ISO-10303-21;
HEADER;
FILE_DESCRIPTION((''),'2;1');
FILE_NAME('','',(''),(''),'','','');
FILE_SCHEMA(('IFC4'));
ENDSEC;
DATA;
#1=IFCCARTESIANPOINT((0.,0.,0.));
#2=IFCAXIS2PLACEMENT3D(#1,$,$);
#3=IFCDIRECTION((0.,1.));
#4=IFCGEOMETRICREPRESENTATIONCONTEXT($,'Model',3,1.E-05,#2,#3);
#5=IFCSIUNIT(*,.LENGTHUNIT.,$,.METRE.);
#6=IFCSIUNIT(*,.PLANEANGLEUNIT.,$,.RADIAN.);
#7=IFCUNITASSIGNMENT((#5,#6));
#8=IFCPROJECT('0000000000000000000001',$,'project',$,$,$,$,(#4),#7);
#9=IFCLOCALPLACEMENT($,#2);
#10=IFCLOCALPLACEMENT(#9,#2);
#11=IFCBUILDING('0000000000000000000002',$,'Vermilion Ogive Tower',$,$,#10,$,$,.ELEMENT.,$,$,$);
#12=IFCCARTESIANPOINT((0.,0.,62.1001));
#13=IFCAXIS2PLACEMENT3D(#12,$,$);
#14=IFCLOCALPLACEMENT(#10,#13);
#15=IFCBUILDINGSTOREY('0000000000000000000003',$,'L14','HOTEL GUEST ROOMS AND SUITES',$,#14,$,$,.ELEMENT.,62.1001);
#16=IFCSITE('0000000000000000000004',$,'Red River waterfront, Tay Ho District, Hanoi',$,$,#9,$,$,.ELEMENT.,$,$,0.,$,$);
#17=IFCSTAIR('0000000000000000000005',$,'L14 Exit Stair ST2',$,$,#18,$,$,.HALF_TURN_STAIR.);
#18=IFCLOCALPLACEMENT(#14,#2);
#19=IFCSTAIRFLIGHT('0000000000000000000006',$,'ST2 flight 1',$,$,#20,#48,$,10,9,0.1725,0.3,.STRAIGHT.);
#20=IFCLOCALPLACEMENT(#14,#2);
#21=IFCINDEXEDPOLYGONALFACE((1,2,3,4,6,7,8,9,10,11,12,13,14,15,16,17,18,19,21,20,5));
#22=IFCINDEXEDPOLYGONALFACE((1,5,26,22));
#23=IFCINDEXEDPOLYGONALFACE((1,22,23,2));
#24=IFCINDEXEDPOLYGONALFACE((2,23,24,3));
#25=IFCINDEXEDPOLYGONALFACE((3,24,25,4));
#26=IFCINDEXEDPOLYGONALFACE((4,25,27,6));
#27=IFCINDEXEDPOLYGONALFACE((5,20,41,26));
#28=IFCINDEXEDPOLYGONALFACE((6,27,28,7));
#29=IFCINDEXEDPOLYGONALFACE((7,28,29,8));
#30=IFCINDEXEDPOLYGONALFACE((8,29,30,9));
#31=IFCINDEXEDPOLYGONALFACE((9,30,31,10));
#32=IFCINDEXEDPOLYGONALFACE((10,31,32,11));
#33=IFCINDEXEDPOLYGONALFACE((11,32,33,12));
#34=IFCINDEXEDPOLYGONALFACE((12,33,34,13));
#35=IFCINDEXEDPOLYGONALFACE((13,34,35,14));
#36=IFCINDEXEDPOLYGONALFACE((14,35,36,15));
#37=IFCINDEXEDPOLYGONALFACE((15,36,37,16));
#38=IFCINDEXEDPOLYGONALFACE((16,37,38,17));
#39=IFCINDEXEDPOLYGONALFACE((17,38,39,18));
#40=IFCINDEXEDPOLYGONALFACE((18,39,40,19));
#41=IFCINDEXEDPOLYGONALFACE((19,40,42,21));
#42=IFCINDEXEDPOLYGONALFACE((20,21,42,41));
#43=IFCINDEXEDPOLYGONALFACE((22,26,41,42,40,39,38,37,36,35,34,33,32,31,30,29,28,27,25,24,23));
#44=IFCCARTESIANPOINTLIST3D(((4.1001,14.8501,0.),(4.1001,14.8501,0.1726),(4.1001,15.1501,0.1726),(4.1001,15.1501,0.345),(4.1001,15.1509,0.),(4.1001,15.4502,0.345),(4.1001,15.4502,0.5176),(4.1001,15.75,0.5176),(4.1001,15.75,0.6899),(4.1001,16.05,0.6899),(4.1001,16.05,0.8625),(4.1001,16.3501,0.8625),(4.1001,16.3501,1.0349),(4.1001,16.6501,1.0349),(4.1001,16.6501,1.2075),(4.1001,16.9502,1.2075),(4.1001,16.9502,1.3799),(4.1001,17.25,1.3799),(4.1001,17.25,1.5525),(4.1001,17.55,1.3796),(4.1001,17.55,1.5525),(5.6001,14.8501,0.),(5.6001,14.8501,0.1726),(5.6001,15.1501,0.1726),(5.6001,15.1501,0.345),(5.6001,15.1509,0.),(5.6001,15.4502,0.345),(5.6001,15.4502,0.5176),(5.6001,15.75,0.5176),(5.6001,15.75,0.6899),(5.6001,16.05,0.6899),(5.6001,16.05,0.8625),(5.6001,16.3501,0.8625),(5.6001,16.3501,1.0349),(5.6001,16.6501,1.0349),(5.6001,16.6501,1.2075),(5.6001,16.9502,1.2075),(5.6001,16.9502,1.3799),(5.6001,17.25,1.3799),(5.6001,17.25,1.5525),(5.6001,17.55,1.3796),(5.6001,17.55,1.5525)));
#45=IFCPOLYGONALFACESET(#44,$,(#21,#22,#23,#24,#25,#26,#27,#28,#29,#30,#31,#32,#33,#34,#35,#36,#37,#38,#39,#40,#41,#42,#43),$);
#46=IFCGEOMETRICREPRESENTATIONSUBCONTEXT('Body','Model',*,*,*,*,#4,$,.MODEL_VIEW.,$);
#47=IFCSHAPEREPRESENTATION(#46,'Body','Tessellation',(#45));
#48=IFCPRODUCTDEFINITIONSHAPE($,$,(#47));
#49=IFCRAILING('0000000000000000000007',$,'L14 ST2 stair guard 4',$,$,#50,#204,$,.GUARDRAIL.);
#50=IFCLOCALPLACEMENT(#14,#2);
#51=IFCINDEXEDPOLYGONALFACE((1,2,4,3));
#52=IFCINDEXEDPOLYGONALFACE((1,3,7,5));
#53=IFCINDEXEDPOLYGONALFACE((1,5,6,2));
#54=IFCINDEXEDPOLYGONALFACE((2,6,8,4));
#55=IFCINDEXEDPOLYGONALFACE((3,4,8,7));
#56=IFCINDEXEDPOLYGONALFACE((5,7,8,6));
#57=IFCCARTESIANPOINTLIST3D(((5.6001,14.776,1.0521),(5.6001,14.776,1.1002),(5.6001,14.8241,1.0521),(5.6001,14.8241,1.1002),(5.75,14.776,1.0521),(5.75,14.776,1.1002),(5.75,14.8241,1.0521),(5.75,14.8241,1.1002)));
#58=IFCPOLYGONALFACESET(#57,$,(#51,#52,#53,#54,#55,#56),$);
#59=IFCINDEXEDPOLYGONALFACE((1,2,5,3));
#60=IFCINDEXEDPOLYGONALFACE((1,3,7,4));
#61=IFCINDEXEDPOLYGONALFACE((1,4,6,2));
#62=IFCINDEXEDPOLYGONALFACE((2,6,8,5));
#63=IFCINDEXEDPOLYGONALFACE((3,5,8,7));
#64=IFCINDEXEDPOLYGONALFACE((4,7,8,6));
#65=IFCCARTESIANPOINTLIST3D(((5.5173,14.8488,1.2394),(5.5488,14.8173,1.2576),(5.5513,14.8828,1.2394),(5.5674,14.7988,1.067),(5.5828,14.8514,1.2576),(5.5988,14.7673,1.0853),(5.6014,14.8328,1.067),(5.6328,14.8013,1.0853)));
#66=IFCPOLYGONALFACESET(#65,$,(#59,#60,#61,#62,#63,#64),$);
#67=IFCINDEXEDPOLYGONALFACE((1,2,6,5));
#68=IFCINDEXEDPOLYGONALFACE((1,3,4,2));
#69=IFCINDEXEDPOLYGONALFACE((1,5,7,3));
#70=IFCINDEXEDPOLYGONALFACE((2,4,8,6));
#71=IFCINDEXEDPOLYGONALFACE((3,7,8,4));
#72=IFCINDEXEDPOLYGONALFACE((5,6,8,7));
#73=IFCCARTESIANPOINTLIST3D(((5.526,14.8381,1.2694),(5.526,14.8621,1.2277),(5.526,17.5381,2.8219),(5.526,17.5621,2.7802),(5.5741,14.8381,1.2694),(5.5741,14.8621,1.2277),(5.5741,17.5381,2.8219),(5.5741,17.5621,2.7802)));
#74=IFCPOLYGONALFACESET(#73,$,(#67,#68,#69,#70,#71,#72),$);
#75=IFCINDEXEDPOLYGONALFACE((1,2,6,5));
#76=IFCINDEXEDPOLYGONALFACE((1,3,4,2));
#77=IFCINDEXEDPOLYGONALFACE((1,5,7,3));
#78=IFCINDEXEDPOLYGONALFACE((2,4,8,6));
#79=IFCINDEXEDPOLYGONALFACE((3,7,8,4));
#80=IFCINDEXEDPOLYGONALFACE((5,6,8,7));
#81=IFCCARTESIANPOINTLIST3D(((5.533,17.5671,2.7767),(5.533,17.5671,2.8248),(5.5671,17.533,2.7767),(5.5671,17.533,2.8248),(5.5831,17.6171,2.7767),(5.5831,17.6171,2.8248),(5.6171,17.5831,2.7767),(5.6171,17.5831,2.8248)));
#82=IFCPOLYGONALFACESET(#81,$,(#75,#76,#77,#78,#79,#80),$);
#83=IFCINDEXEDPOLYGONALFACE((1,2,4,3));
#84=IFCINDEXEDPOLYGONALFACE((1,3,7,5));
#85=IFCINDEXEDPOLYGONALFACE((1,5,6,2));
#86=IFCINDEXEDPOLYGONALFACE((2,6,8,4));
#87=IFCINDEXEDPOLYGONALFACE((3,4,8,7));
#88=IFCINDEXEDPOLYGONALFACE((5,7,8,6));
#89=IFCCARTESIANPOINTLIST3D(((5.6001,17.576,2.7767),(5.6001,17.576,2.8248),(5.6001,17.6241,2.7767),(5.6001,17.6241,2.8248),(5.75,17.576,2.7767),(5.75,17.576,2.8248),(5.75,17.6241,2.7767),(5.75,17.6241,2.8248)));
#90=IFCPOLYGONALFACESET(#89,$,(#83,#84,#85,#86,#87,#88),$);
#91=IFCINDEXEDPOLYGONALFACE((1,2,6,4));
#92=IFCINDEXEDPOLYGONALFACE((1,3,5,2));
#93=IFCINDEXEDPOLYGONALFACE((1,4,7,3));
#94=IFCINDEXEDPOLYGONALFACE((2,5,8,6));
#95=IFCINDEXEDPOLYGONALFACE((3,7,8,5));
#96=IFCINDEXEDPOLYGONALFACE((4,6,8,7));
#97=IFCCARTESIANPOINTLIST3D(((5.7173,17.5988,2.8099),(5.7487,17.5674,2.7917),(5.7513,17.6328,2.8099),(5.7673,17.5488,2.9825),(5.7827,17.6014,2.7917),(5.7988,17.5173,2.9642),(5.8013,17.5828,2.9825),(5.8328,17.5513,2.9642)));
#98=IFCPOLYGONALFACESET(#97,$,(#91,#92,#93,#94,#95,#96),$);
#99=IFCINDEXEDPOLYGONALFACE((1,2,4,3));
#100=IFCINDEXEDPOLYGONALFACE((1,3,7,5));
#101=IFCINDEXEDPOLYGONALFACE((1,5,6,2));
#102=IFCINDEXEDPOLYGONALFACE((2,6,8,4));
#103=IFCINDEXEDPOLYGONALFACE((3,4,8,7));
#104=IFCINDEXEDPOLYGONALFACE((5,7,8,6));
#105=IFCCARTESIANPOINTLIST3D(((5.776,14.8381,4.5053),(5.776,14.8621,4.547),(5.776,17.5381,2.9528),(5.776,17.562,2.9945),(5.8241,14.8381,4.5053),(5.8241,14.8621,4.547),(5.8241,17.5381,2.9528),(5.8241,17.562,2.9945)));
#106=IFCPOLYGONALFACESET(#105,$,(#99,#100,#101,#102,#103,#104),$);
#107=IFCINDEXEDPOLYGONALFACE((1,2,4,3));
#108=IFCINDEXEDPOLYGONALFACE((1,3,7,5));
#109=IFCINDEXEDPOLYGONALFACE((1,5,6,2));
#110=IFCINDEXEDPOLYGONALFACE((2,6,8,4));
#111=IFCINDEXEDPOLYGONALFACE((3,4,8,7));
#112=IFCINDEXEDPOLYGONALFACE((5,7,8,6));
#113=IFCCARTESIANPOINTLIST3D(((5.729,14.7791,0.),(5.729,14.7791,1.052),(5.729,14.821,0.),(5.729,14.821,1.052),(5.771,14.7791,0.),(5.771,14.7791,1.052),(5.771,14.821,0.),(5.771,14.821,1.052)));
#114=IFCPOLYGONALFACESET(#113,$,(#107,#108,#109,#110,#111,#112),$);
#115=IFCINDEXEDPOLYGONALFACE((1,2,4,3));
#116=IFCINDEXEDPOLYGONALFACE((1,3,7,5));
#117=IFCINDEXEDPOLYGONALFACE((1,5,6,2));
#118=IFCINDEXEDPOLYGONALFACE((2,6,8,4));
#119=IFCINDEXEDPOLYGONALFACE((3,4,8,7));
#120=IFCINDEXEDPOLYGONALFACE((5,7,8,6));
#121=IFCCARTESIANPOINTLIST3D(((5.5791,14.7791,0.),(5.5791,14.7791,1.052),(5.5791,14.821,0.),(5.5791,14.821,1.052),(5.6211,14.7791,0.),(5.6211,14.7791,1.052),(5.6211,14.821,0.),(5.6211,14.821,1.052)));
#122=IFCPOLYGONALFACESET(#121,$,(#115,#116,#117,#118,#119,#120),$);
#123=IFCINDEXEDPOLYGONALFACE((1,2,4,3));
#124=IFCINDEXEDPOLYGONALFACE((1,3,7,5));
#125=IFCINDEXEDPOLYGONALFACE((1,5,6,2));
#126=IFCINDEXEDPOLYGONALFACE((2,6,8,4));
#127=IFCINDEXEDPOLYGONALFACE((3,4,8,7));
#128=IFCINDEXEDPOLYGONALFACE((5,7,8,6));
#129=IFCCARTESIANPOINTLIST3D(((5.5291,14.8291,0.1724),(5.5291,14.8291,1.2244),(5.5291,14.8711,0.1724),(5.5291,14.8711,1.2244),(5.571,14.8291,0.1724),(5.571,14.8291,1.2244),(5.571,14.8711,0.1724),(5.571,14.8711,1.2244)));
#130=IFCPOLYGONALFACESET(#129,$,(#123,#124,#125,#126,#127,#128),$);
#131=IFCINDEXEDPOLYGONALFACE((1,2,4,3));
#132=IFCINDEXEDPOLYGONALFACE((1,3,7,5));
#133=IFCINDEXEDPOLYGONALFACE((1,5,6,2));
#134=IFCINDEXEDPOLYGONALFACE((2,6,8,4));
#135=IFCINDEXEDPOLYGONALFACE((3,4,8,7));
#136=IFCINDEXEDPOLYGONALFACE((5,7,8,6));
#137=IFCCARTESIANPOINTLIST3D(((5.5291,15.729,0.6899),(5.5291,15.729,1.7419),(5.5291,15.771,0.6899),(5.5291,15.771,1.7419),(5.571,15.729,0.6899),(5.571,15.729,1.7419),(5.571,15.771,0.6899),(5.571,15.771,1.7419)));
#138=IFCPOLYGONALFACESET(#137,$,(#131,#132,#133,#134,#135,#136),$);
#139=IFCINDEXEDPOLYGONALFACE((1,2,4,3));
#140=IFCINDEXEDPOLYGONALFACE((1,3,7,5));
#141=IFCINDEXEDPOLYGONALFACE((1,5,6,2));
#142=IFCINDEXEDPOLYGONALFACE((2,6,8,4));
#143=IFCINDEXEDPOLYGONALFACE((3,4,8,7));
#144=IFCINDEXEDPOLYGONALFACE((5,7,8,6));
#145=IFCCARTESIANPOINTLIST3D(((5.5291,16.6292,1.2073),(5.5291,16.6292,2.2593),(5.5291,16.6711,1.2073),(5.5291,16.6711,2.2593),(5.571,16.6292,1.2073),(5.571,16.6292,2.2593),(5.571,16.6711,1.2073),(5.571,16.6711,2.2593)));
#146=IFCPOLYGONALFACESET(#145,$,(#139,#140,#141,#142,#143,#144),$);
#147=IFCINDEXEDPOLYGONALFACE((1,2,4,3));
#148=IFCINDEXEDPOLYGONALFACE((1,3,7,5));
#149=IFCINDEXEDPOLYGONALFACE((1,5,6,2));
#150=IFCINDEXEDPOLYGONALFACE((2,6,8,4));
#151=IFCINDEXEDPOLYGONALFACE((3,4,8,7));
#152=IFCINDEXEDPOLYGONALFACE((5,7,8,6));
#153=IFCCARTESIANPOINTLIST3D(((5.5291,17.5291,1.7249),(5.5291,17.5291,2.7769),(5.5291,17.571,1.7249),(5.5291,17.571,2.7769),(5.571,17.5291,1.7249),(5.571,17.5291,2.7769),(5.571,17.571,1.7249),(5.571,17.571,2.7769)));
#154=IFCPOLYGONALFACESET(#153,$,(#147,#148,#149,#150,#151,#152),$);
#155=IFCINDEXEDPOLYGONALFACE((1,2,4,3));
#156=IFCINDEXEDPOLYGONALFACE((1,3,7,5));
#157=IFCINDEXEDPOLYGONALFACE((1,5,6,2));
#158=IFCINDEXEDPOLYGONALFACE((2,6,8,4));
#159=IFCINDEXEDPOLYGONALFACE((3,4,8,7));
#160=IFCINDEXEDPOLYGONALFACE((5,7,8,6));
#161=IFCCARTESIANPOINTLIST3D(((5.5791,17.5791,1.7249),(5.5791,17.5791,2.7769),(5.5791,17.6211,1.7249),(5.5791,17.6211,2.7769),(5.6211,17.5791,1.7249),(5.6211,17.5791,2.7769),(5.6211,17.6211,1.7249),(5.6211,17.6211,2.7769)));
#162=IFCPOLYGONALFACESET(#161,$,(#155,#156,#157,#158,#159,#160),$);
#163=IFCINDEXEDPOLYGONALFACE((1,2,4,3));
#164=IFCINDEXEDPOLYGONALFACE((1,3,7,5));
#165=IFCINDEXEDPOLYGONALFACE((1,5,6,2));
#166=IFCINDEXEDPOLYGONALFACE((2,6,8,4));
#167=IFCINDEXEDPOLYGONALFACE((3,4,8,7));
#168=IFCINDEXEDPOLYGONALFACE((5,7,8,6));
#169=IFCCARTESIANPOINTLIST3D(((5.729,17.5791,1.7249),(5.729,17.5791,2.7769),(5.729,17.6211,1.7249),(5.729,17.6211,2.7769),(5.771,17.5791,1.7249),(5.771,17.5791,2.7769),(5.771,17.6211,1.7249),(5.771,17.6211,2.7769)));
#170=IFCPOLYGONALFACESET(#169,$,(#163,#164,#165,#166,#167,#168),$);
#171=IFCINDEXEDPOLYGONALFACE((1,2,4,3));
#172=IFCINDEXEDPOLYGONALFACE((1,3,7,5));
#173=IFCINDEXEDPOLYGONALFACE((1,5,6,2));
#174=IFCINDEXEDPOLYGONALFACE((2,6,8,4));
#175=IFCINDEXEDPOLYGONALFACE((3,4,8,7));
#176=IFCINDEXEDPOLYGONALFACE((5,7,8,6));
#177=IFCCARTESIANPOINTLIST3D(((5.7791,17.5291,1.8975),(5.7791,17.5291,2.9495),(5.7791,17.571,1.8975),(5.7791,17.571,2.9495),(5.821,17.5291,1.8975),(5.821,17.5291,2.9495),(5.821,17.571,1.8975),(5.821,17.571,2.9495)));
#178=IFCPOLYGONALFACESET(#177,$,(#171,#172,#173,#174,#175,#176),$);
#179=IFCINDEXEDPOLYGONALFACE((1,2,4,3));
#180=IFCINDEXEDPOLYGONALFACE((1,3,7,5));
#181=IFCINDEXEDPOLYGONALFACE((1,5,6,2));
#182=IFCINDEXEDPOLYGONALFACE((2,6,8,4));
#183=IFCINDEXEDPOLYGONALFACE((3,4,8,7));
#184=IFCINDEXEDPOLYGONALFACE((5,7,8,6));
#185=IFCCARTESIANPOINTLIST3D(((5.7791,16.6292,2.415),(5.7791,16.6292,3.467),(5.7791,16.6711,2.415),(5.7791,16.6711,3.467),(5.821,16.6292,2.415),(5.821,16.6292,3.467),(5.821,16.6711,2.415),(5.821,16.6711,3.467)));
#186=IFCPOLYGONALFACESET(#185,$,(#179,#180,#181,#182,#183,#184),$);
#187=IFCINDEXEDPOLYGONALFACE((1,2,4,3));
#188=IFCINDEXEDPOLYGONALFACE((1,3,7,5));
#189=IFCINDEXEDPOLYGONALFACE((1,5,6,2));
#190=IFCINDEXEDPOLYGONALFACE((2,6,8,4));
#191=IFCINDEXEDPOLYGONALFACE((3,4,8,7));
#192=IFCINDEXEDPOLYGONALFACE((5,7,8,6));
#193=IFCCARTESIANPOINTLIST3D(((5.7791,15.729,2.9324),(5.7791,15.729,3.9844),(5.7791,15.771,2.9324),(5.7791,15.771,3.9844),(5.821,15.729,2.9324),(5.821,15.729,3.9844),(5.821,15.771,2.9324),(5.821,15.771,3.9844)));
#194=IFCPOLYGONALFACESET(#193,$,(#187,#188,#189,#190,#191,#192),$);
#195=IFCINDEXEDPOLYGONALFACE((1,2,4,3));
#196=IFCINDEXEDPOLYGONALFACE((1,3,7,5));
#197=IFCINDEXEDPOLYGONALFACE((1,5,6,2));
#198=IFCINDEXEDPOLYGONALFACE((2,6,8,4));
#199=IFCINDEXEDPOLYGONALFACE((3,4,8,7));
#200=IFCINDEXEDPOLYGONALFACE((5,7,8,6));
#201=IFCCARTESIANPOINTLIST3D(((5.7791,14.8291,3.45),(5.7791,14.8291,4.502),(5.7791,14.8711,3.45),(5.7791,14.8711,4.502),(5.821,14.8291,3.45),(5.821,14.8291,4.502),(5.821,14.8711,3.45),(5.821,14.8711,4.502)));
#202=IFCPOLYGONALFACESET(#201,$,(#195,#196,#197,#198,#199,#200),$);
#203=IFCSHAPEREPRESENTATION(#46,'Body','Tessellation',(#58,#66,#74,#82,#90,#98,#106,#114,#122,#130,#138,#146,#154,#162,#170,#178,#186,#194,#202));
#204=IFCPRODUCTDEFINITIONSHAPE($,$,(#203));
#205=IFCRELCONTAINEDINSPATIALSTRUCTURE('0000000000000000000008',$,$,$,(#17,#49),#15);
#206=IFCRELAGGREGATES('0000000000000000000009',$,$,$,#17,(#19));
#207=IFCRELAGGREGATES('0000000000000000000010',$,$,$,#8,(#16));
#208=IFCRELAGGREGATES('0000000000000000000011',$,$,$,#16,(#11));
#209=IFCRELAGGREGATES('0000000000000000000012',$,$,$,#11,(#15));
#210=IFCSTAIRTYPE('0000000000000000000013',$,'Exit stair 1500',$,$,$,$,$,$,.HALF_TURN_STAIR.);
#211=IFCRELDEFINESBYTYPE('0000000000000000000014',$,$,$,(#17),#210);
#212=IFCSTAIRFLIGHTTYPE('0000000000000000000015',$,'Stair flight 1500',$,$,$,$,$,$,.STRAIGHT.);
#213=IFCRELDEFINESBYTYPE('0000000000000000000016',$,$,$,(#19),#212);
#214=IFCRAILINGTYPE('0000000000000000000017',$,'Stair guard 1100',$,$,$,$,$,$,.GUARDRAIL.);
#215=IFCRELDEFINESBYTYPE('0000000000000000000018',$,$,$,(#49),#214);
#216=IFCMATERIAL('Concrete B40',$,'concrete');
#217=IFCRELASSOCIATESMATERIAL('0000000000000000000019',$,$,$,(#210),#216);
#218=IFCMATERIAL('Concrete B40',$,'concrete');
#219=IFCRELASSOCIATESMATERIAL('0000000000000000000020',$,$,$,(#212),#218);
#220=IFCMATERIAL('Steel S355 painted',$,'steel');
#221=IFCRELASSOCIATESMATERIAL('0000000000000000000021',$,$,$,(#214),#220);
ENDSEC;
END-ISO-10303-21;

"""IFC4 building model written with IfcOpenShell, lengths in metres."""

from ifc_helpers import new_model, si_unit, direction, frame, origin, origin_2d, place, context, subcontext, project, spatial, polyline, rectangle, outline, extrude, material, type_object, element, aggregate, save


model = new_model("IFC4")

# Units and contexts
model_context = context("Model", 3, precision=1e-05, world=origin(), true_north=direction((0.0, 1.0)))
body_context = subcontext(model_context, "Body", "Model", "MODEL_VIEW")
ifc_project = project(units=[si_unit("LENGTHUNIT", "METRE"), si_unit("PLANEANGLEUNIT", "RADIAN")], contexts=[model_context])

# Site, building, storey
site_placement = place(None, origin())
site = spatial("IfcSite", under=ifc_project, at=site_placement, Name="Red River waterfront, Tay Ho District, Hanoi", CompositionType="ELEMENT", RefElevation=0.0)
building_placement = place(site_placement, origin())
building = spatial("IfcBuilding", under=site, at=building_placement, Name="Vermilion Ogive Tower", CompositionType="ELEMENT")
storey_placement = place(building_placement, frame((0.0, 0.0, 62.1001)))
storey = spatial("IfcBuildingStorey", under=building, at=storey_placement, Name="L14", Description="HOTEL GUEST ROOMS AND SUITES", CompositionType="ELEMENT", Elevation=62.1001)

# Stair, stair flight
ifc_material_1 = material(Name="Concrete B40", Category="concrete")
stair_type = type_object("IfcStairType", Name="Exit stair 1500", PredefinedType="HALF_TURN_STAIR", material=ifc_material_1)
stair_placement = place(storey_placement, origin())
stair = element("IfcStair", 1, at=stair_placement, inside=storey, type_object=stair_type, Name="L14 Exit Stair ST2", PredefinedType="HALF_TURN_STAIR")
ifc_material_2 = material(Name="Concrete B40", Category="concrete")
stair_flight_type = type_object("IfcStairFlightType", Name="Stair flight 1500", PredefinedType="STRAIGHT", material=ifc_material_2)
stair_flight_placement = place(storey_placement, frame((4.8501, 14.8501, 0.0), z_axis=(0.0, 0.0, 1.0), x_axis=(0.0, 1.0, 0.0)))
stair_flight = element("IfcStairFlight", 2, at=stair_flight_placement, type_object=stair_flight_type, Name="ST2 flight 1", NumberOfRisers=10, NumberOfTreads=9, PredefinedType="STRAIGHT", RiserHeight=0.1725, TreadLength=0.3, context=body_context, shape_type="SweptSolid", body=[
    extrude(outline(polyline([(0.0, 0.0), (0.0, 0.1726), (0.3, 0.1726), (0.3, 0.345), (0.6001, 0.345), (0.6001, 0.5176), (0.8999, 0.5176), (0.8999, 0.6899), (1.2, 0.6899), (1.2, 0.8625), (1.5, 0.8625), (1.5, 1.0349), (1.8, 1.0349), (1.8, 1.2075), (2.1001, 1.2075), (2.1001, 1.3799), (2.3999, 1.3799), (2.3999, 1.5525), (2.7, 1.5525), (2.7, 1.7251), (2.7, 1.3796), (0.3008, 0.0), (0.0, 0.0)])), frame((0.0, 0.75, 0.0), z_axis=(0.0, -1.0, 0.0), x_axis=(1.0, 0.0, 0.0)), (0.0, 0.0, 1.0), 1.5),
])
aggregate(stair, [stair_flight])

# Railing
ifc_material_3 = material(Name="Steel S355 painted", Category="steel")
railing_type_1 = type_object("IfcRailingType", Name="Stair guard 1100", PredefinedType="GUARDRAIL", material=ifc_material_3)
railing_1_placement = place(storey_placement, frame((5.75, 14.8, 0.0)))
element("IfcRailing", 3, at=railing_1_placement, inside=storey, type_object=railing_type_1, Name="L14 ST2 stair guard 4", PredefinedType="GUARDRAIL", context=body_context, shape_type="SweptSolid", body=[
    extrude(rectangle(XDim=0.0481, YDim=0.0481, at=origin_2d()), frame((0.0, 0.0, 1.0762), z_axis=(-1.0, 0.0, 0.0), x_axis=(0.0, -1.0, 0.0)), (0.0, 0.0, 1.0), 0.1499),
    extrude(rectangle(XDim=0.0481, YDim=0.0481, at=origin_2d()), frame((-0.1499, 0.0, 1.0762), z_axis=(-0.268603, 0.268603, 0.925043), x_axis=(-0.707107, -0.707107, 0.0)), (0.0, 0.0, 1.0), 0.1863),
    extrude(rectangle(XDim=0.0481, YDim=0.0481, at=origin_2d()), frame((-0.2, 0.05, 1.2485), z_axis=(0.0, 0.866904, 0.498476), x_axis=(-1.0, 0.0, 0.0)), (0.0, 0.0, 1.0), 3.1145),
    extrude(rectangle(XDim=0.0481, YDim=0.0481, at=origin_2d()), frame((-0.2, 2.75, 2.8008), z_axis=(0.707107, 0.707107, 0.0), x_axis=(-0.707107, 0.707107, 0.0)), (0.0, 0.0, 1.0), 0.0708),
    extrude(rectangle(XDim=0.0481, YDim=0.0481, at=origin_2d()), frame((-0.1499, 2.8, 2.8008), z_axis=(1.0, 0.0, 0.0), x_axis=(0.0, 1.0, 0.0)), (0.0, 0.0, 1.0), 0.1499),
    extrude(rectangle(XDim=0.0481, YDim=0.0481, at=origin_2d()), frame((0.0, 2.8, 2.8008), z_axis=(0.268278, -0.268278, 0.925232), x_axis=(0.707107, 0.707107, 0.0)), (0.0, 0.0, 1.0), 0.1865),
    extrude(rectangle(XDim=0.0481, YDim=0.0481, at=origin_2d()), frame((0.05, 2.75, 2.9736), z_axis=(0.0, -0.866904, 0.498476), x_axis=(1.0, 0.0, 0.0)), (0.0, 0.0, 1.0), 3.1145),
    extrude(rectangle(XDim=0.042, YDim=0.042, at=origin_2d()), origin(), (0.0, 0.0, 1.0), 1.052),
    extrude(rectangle(XDim=0.042, YDim=0.042, at=origin_2d()), frame((-0.1499, 0.0, 0.0)), (0.0, 0.0, 1.0), 1.052),
    extrude(rectangle(XDim=0.042, YDim=0.042, at=origin_2d()), frame((-0.2, 0.05, 0.1724)), (0.0, 0.0, 1.0), 1.052),
    extrude(rectangle(XDim=0.042, YDim=0.042, at=origin_2d()), frame((-0.2, 0.95, 0.6899)), (0.0, 0.0, 1.0), 1.052),
    extrude(rectangle(XDim=0.042, YDim=0.042, at=origin_2d()), frame((-0.2, 1.8501, 1.2073)), (0.0, 0.0, 1.0), 1.052),
    extrude(rectangle(XDim=0.042, YDim=0.042, at=origin_2d()), frame((-0.2, 2.75, 1.7249)), (0.0, 0.0, 1.0), 1.052),
    extrude(rectangle(XDim=0.042, YDim=0.042, at=origin_2d()), frame((-0.1499, 2.8, 1.7249)), (0.0, 0.0, 1.0), 1.052),
    extrude(rectangle(XDim=0.042, YDim=0.042, at=origin_2d()), frame((0.0, 2.8, 1.7249)), (0.0, 0.0, 1.0), 1.052),
    extrude(rectangle(XDim=0.042, YDim=0.042, at=origin_2d()), frame((0.05, 2.75, 1.8975)), (0.0, 0.0, 1.0), 1.052),
    extrude(rectangle(XDim=0.042, YDim=0.042, at=origin_2d()), frame((0.05, 1.8501, 2.415)), (0.0, 0.0, 1.0), 1.052),
    extrude(rectangle(XDim=0.042, YDim=0.042, at=origin_2d()), frame((0.05, 0.95, 2.9324)), (0.0, 0.0, 1.0), 1.052),
    extrude(rectangle(XDim=0.042, YDim=0.042, at=origin_2d()), frame((0.05, 0.05, 3.45)), (0.0, 0.0, 1.0), 1.052),
])

save(model, "model.ifc")
